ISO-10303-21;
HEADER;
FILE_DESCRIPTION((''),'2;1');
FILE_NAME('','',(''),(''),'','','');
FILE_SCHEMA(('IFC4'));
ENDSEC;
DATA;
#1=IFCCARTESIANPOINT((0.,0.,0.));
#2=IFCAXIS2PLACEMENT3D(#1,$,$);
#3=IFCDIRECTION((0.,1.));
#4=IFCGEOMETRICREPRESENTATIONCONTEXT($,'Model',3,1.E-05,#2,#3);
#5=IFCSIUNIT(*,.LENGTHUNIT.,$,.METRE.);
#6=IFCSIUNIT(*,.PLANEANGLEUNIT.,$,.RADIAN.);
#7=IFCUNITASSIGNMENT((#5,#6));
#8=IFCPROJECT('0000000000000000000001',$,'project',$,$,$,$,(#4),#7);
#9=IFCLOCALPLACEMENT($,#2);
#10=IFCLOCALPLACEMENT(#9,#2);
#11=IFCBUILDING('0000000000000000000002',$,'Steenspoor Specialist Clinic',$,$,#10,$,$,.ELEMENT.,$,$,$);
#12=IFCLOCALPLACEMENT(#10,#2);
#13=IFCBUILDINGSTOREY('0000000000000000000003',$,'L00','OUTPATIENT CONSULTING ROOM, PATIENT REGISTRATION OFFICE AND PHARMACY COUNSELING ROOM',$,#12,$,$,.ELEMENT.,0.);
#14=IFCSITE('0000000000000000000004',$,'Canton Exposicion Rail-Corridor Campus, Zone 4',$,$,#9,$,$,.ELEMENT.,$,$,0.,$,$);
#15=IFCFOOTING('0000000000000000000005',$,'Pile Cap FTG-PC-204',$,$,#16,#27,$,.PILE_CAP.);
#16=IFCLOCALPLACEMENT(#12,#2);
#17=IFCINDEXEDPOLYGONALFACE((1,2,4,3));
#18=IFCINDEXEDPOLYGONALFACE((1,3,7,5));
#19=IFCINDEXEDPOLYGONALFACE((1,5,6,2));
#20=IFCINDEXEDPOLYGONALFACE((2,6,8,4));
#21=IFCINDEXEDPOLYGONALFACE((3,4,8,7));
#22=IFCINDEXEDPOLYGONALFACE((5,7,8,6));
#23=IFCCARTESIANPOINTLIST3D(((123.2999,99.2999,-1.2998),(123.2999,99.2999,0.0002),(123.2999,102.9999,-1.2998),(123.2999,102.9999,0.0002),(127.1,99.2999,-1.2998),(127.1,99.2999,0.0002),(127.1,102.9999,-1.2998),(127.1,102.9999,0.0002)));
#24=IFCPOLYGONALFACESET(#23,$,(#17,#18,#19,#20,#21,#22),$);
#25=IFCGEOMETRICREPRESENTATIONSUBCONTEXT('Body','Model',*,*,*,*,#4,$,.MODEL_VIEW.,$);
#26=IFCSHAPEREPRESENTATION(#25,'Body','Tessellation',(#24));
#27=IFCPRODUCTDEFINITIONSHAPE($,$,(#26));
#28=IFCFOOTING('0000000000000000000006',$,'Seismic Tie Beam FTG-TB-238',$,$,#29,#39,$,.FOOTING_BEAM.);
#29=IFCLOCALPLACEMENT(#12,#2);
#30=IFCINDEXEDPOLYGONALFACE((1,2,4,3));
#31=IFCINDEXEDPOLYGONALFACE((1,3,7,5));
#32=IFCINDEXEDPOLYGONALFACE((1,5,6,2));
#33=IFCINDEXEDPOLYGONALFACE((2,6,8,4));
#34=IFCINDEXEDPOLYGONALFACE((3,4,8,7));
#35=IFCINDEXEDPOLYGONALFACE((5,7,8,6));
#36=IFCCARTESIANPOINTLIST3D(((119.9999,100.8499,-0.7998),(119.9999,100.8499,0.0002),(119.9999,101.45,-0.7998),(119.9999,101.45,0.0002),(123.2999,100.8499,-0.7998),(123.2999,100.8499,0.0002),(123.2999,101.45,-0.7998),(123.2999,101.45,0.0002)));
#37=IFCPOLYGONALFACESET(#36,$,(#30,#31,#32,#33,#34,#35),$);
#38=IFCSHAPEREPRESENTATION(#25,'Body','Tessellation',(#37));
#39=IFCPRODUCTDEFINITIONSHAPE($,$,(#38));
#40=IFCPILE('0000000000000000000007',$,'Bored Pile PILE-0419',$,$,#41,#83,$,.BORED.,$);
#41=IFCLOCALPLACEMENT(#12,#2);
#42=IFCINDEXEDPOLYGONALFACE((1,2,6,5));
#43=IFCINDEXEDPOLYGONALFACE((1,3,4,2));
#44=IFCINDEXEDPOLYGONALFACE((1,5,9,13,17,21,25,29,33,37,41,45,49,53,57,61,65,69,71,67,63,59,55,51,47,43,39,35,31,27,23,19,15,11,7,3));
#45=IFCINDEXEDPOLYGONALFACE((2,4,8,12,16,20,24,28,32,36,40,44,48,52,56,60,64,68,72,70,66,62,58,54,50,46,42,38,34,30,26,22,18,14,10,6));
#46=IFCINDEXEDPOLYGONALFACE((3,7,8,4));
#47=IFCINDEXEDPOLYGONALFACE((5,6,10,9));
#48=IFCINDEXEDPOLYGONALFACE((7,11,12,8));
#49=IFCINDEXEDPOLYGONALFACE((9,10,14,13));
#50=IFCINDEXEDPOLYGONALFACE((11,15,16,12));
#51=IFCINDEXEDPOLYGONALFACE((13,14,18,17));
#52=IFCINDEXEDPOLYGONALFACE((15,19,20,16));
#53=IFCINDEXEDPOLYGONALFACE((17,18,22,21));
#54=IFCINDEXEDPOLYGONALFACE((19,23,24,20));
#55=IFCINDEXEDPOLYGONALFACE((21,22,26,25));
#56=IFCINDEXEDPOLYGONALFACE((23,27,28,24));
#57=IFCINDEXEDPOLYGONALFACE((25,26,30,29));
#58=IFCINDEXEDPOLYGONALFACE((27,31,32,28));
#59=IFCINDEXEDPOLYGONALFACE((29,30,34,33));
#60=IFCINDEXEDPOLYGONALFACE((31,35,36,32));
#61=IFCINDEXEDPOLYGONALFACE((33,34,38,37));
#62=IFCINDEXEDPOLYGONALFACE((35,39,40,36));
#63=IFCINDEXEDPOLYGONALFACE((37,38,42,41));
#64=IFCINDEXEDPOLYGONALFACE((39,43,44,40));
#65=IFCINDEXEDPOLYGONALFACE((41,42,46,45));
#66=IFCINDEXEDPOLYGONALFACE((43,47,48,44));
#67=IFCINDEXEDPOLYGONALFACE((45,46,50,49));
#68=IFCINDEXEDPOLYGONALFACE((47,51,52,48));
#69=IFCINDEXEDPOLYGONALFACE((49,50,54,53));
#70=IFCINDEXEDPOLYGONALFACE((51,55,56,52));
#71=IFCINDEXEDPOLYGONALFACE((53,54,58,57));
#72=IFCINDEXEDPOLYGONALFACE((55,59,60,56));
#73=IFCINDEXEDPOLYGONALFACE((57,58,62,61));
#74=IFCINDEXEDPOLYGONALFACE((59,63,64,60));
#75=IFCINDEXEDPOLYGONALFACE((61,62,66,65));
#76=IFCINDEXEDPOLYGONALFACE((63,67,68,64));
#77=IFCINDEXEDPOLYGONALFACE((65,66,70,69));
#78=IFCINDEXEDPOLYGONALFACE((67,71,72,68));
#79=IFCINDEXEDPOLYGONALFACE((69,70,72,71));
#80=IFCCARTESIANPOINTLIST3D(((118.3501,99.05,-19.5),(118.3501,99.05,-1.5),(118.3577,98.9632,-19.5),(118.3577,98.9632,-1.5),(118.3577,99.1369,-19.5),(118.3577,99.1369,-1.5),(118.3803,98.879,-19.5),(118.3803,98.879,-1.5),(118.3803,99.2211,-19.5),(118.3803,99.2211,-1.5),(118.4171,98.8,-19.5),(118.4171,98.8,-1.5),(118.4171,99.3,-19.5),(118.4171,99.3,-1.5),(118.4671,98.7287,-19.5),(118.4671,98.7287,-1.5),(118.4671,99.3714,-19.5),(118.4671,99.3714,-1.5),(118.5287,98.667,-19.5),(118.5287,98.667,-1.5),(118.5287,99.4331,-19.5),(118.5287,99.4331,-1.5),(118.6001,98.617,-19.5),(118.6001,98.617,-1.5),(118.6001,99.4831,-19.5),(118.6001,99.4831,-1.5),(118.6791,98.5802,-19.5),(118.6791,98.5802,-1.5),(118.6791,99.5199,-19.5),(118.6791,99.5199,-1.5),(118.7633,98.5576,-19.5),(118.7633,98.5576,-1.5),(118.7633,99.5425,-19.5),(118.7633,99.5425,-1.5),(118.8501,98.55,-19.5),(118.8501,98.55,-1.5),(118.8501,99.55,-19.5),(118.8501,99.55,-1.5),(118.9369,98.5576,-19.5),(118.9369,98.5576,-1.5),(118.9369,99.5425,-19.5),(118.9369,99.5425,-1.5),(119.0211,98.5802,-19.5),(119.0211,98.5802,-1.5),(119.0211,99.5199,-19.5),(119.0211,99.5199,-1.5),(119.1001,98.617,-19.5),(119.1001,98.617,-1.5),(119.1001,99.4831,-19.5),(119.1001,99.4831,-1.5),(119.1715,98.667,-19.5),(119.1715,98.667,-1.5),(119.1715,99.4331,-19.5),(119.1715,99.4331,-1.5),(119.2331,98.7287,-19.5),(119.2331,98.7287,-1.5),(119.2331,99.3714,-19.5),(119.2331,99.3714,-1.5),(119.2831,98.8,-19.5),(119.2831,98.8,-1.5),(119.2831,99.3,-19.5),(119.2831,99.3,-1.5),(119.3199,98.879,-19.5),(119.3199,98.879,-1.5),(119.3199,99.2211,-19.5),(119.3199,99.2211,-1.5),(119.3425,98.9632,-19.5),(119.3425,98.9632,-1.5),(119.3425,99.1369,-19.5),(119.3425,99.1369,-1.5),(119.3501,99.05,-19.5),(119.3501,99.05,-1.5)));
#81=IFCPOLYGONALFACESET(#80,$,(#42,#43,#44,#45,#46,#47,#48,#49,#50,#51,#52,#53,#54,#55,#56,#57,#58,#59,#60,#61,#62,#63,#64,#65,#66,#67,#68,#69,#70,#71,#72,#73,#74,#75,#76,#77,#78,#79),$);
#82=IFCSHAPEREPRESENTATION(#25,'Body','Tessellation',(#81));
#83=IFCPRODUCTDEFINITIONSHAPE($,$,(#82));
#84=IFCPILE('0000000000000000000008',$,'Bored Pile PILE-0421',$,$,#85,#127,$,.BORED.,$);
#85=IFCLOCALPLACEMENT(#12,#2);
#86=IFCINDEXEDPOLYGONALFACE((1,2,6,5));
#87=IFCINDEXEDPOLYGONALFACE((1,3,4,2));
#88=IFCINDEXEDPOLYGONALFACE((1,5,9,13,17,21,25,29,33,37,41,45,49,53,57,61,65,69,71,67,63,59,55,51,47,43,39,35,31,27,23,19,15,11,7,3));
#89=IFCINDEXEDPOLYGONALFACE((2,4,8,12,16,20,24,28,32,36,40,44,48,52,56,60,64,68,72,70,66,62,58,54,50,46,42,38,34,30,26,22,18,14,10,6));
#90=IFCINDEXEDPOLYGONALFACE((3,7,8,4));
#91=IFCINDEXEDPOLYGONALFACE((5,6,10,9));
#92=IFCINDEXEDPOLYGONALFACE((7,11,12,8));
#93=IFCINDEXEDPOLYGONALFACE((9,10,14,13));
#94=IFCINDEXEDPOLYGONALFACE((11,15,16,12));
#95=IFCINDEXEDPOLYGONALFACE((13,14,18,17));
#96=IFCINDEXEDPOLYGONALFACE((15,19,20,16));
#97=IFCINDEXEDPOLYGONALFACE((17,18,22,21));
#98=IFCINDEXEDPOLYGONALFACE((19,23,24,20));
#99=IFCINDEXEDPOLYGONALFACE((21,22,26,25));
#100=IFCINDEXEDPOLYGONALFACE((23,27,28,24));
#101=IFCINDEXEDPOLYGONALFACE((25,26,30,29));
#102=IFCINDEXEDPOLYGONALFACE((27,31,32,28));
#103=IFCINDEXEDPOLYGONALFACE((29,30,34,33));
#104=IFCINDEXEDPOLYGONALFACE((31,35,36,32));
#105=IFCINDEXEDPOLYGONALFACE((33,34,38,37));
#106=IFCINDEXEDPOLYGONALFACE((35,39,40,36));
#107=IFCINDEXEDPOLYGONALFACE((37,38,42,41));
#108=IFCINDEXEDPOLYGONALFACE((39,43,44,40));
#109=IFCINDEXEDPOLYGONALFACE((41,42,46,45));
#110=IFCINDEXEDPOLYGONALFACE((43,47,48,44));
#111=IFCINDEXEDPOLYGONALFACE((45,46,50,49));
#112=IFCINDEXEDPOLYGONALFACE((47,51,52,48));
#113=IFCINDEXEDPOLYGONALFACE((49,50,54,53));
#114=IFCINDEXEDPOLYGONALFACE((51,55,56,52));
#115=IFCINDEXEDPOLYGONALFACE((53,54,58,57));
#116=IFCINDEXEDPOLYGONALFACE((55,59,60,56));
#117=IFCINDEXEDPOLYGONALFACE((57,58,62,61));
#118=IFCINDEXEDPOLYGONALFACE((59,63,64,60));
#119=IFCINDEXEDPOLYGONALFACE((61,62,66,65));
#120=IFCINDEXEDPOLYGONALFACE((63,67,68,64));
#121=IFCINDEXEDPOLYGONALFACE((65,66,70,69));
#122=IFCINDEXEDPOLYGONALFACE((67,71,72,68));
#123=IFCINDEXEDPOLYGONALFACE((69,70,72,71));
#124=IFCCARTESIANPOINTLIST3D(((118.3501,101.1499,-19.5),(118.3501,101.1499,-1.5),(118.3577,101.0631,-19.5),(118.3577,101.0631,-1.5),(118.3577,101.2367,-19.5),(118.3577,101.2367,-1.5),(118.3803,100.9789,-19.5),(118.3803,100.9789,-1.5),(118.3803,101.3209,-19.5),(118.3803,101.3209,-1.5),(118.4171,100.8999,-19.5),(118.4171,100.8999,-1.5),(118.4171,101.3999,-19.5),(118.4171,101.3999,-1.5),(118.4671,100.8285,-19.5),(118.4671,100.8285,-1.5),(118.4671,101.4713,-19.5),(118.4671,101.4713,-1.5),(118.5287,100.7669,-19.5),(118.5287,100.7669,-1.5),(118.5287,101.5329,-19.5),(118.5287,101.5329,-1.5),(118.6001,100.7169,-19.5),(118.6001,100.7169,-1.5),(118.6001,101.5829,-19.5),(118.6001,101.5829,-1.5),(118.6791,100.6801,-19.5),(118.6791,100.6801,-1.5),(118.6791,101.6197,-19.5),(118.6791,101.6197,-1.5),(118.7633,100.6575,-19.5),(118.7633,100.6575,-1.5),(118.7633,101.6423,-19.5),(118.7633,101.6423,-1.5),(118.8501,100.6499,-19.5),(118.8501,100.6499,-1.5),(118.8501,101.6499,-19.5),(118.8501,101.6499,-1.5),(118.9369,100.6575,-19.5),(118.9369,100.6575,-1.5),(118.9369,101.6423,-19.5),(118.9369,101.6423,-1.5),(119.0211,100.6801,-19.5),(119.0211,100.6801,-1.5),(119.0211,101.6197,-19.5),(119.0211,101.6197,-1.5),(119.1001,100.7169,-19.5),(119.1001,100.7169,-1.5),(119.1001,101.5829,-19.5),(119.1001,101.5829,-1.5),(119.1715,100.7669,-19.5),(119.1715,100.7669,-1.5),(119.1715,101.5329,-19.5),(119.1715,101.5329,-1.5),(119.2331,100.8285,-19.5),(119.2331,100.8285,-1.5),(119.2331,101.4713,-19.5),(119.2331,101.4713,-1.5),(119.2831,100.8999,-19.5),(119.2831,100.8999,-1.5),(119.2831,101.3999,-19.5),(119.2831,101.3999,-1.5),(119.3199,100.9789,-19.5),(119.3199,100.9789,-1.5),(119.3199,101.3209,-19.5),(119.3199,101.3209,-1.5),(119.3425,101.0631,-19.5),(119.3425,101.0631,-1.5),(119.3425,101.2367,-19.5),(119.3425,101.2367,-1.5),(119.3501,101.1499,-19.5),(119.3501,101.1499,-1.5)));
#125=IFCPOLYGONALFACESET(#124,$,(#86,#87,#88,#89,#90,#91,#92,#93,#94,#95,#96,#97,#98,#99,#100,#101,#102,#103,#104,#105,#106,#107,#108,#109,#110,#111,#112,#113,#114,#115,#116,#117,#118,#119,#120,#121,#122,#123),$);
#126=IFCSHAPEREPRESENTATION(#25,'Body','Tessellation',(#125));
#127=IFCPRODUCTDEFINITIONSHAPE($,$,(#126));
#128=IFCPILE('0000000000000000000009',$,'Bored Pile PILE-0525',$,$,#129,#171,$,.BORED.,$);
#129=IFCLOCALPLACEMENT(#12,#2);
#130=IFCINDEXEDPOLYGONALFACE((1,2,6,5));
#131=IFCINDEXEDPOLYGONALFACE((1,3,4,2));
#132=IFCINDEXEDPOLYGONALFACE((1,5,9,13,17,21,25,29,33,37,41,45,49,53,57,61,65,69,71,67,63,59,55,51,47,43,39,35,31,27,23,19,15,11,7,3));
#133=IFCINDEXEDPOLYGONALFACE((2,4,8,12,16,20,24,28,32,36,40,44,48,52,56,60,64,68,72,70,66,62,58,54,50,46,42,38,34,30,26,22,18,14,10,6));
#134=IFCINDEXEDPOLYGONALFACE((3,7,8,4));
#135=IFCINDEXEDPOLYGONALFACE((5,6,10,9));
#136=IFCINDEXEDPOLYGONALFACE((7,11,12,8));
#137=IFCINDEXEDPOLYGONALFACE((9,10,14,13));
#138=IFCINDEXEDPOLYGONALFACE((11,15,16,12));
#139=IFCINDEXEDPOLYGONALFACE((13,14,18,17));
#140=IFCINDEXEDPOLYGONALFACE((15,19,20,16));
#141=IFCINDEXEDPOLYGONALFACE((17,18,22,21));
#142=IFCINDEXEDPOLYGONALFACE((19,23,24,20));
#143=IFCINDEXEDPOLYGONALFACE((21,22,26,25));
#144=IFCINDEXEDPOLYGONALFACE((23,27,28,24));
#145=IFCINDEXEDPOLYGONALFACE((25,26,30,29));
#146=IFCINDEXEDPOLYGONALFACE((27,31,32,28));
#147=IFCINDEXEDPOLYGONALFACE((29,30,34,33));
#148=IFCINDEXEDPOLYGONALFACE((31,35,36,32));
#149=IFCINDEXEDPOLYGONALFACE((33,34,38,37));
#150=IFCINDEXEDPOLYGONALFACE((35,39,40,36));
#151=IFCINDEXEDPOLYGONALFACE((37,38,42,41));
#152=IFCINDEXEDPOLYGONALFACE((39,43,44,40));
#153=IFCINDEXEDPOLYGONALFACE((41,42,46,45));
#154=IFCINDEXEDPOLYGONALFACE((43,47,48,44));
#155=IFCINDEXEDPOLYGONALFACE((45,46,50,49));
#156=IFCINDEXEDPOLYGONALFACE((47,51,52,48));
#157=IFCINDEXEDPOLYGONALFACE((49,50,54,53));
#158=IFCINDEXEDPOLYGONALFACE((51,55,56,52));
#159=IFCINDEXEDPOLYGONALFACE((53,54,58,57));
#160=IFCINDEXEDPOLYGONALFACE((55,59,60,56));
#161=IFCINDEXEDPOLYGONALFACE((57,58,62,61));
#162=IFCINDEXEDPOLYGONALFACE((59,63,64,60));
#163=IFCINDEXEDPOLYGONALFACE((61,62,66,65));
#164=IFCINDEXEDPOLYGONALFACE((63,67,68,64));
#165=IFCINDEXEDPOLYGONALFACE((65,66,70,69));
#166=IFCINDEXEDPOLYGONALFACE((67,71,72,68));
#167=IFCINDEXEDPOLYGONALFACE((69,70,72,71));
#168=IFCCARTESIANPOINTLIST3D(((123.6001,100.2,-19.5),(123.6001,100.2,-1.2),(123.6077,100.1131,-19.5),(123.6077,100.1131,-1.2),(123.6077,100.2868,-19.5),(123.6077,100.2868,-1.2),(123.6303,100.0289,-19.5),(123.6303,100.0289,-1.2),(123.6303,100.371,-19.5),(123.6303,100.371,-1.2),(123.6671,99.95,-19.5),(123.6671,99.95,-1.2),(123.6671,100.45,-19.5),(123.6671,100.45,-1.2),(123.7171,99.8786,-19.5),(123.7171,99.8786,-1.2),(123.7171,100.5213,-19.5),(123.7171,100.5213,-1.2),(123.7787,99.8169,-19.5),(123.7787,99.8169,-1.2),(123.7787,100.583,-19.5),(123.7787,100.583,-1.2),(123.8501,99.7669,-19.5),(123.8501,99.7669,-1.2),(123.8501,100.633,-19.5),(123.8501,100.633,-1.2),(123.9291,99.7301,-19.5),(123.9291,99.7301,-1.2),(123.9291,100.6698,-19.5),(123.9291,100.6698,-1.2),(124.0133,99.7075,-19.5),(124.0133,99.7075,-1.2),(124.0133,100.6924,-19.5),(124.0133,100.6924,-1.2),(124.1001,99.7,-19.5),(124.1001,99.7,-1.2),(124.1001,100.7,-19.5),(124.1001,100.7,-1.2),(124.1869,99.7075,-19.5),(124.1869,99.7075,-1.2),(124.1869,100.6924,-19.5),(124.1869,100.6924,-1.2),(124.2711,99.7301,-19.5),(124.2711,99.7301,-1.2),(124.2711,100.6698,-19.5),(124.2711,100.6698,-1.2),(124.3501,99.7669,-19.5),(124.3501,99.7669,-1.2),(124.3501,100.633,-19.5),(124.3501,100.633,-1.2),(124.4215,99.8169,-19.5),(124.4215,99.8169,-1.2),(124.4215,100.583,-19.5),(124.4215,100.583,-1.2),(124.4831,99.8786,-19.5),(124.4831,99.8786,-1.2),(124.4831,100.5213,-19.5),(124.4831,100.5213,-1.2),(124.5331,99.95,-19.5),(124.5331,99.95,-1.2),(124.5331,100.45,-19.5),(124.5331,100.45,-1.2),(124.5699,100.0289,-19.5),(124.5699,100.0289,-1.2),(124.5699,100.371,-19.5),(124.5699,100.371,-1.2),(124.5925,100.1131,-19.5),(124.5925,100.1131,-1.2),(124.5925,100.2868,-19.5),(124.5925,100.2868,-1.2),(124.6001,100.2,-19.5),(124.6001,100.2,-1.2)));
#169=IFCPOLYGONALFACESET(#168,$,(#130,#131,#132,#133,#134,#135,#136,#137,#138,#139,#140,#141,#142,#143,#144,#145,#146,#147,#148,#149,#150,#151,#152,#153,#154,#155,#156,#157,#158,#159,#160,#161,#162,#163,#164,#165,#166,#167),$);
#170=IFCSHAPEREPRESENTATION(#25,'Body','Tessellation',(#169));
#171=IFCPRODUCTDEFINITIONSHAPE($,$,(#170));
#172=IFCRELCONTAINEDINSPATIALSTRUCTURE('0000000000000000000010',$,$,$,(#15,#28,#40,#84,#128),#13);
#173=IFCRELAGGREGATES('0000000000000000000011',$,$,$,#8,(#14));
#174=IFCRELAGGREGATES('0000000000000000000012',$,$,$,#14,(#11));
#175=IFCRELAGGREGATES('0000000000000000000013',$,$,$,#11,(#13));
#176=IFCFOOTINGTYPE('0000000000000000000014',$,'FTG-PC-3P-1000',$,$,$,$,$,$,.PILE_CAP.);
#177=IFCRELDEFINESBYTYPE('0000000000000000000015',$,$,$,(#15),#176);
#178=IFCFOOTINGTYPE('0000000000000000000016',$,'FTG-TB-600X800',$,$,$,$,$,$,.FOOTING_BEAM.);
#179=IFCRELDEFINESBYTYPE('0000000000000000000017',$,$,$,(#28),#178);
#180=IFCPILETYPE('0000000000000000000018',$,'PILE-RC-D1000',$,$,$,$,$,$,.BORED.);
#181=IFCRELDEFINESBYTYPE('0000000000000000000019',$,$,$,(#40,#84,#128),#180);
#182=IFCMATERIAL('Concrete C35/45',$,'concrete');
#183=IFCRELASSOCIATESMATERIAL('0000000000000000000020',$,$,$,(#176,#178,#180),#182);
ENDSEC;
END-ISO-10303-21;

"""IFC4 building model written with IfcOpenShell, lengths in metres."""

from ifc_helpers import new_model, si_unit, direction, frame, origin, origin_2d, place, context, subcontext, project, spatial, rectangle, circle, extrude, material, material_profile, profile_set, type_object, element, save


model = new_model("IFC4")

# Units and contexts
model_context = context("Model", 3, precision=1e-05, world=origin(), true_north=direction((0.0, 1.0)))
body_context = subcontext(model_context, "Body", "Model", "MODEL_VIEW")
ifc_project = project(units=[si_unit("LENGTHUNIT", "METRE"), si_unit("PLANEANGLEUNIT", "RADIAN")], contexts=[model_context])

# Site, building, storey
site_placement = place(None, origin())
site = spatial("IfcSite", under=ifc_project, at=site_placement, Name="Canton Exposicion Rail-Corridor Campus, Zone 4", CompositionType="ELEMENT", RefElevation=0.0)
building_placement = place(site_placement, origin())
building = spatial("IfcBuilding", under=site, at=building_placement, Name="Steenspoor Specialist Clinic", CompositionType="ELEMENT")
storey_placement = place(building_placement, origin())
storey = spatial("IfcBuildingStorey", under=building, at=storey_placement, Name="L00", Description="OUTPATIENT CONSULTING ROOM, PATIENT REGISTRATION OFFICE AND PHARMACY COUNSELING ROOM", CompositionType="ELEMENT", Elevation=0.0)

# Footings
ifc_material_1 = material(Name="Concrete C35/45", Category="concrete")
footing_type_1 = type_object("IfcFootingType", Name="FTG-PC-3P-1000", PredefinedType="PILE_CAP", material=ifc_material_1)
footing_1_placement = place(storey_placement, frame((125.2, 101.1499, -1.2998), z_axis=(0.0, 0.0, 1.0), x_axis=(1.0, 0.0, 0.0)))
element("IfcFooting", 1, at=footing_1_placement, inside=storey, type_object=footing_type_1, Name="Pile Cap FTG-PC-204", PredefinedType="PILE_CAP", context=body_context, shape_type="SweptSolid", body=[
    extrude(rectangle(XDim=3.8, YDim=3.7, at=origin_2d()), origin(), (0.0, 0.0, 1.0), 1.3),
])
footing_type_2 = type_object("IfcFootingType", Name="FTG-TB-600X800", PredefinedType="FOOTING_BEAM", material=ifc_material_1)
footing_2_placement = place(storey_placement, frame((121.6499, 101.1499, -0.7998), z_axis=(0.0, 0.0, 1.0), x_axis=(1.0, 0.0, 0.0)))
element("IfcFooting", 2, at=footing_2_placement, inside=storey, type_object=footing_type_2, Name="Seismic Tie Beam FTG-TB-238", PredefinedType="FOOTING_BEAM", context=body_context, shape_type="SweptSolid", body=[
    extrude(rectangle(XDim=3.3, YDim=0.6001, at=origin_2d()), origin(), (0.0, 0.0, 1.0), 0.8),
])

# Piles
ifc_material_profile_1 = material_profile(ifc_material_1, circle(Radius=0.5, at=origin_2d()), Name="PILE-D1000")
ifc_profile_set_1 = profile_set([ifc_material_profile_1], Name="Concrete C35/45")
pile_type = type_object("IfcPileType", Name="PILE-RC-D1000", PredefinedType="BORED", material=ifc_profile_set_1)
for number, where, z_axis, x_axis, name in (
    (3, (118.8501, 99.05, -1.5), (0.0, 0.0, -1.0), (1.0, 0.0, 0.0), "Bored Pile PILE-0419"),
    (4, (118.8501, 101.1499, -1.5), (0.0, 0.0, -1.0), (1.0, 0.0, 0.0), "Bored Pile PILE-0421"),
):
    element("IfcPile", number, at=place(storey_placement, frame(where, z_axis=z_axis, x_axis=x_axis)), inside=storey, type_object=pile_type, Name=name, PredefinedType="BORED", context=body_context, shape_type="SweptSolid", body=[
        extrude(circle(Radius=0.5, at=origin_2d()), origin(), (0.0, 0.0, 1.0), 18.0),
    ])
for number, where, z_axis, x_axis, name in (
    (5, (124.1001, 100.2, -1.2), (0.0, 0.0, -1.0), (1.0, 0.0, 0.0), "Bored Pile PILE-0525"),
):
    element("IfcPile", number, at=place(storey_placement, frame(where, z_axis=z_axis, x_axis=x_axis)), inside=storey, type_object=pile_type, Name=name, PredefinedType="BORED", context=body_context, shape_type="SweptSolid", body=[
        extrude(circle(Radius=0.5, at=origin_2d()), origin(), (0.0, 0.0, 1.0), 18.3),
    ])

save(model, "model.ifc")
